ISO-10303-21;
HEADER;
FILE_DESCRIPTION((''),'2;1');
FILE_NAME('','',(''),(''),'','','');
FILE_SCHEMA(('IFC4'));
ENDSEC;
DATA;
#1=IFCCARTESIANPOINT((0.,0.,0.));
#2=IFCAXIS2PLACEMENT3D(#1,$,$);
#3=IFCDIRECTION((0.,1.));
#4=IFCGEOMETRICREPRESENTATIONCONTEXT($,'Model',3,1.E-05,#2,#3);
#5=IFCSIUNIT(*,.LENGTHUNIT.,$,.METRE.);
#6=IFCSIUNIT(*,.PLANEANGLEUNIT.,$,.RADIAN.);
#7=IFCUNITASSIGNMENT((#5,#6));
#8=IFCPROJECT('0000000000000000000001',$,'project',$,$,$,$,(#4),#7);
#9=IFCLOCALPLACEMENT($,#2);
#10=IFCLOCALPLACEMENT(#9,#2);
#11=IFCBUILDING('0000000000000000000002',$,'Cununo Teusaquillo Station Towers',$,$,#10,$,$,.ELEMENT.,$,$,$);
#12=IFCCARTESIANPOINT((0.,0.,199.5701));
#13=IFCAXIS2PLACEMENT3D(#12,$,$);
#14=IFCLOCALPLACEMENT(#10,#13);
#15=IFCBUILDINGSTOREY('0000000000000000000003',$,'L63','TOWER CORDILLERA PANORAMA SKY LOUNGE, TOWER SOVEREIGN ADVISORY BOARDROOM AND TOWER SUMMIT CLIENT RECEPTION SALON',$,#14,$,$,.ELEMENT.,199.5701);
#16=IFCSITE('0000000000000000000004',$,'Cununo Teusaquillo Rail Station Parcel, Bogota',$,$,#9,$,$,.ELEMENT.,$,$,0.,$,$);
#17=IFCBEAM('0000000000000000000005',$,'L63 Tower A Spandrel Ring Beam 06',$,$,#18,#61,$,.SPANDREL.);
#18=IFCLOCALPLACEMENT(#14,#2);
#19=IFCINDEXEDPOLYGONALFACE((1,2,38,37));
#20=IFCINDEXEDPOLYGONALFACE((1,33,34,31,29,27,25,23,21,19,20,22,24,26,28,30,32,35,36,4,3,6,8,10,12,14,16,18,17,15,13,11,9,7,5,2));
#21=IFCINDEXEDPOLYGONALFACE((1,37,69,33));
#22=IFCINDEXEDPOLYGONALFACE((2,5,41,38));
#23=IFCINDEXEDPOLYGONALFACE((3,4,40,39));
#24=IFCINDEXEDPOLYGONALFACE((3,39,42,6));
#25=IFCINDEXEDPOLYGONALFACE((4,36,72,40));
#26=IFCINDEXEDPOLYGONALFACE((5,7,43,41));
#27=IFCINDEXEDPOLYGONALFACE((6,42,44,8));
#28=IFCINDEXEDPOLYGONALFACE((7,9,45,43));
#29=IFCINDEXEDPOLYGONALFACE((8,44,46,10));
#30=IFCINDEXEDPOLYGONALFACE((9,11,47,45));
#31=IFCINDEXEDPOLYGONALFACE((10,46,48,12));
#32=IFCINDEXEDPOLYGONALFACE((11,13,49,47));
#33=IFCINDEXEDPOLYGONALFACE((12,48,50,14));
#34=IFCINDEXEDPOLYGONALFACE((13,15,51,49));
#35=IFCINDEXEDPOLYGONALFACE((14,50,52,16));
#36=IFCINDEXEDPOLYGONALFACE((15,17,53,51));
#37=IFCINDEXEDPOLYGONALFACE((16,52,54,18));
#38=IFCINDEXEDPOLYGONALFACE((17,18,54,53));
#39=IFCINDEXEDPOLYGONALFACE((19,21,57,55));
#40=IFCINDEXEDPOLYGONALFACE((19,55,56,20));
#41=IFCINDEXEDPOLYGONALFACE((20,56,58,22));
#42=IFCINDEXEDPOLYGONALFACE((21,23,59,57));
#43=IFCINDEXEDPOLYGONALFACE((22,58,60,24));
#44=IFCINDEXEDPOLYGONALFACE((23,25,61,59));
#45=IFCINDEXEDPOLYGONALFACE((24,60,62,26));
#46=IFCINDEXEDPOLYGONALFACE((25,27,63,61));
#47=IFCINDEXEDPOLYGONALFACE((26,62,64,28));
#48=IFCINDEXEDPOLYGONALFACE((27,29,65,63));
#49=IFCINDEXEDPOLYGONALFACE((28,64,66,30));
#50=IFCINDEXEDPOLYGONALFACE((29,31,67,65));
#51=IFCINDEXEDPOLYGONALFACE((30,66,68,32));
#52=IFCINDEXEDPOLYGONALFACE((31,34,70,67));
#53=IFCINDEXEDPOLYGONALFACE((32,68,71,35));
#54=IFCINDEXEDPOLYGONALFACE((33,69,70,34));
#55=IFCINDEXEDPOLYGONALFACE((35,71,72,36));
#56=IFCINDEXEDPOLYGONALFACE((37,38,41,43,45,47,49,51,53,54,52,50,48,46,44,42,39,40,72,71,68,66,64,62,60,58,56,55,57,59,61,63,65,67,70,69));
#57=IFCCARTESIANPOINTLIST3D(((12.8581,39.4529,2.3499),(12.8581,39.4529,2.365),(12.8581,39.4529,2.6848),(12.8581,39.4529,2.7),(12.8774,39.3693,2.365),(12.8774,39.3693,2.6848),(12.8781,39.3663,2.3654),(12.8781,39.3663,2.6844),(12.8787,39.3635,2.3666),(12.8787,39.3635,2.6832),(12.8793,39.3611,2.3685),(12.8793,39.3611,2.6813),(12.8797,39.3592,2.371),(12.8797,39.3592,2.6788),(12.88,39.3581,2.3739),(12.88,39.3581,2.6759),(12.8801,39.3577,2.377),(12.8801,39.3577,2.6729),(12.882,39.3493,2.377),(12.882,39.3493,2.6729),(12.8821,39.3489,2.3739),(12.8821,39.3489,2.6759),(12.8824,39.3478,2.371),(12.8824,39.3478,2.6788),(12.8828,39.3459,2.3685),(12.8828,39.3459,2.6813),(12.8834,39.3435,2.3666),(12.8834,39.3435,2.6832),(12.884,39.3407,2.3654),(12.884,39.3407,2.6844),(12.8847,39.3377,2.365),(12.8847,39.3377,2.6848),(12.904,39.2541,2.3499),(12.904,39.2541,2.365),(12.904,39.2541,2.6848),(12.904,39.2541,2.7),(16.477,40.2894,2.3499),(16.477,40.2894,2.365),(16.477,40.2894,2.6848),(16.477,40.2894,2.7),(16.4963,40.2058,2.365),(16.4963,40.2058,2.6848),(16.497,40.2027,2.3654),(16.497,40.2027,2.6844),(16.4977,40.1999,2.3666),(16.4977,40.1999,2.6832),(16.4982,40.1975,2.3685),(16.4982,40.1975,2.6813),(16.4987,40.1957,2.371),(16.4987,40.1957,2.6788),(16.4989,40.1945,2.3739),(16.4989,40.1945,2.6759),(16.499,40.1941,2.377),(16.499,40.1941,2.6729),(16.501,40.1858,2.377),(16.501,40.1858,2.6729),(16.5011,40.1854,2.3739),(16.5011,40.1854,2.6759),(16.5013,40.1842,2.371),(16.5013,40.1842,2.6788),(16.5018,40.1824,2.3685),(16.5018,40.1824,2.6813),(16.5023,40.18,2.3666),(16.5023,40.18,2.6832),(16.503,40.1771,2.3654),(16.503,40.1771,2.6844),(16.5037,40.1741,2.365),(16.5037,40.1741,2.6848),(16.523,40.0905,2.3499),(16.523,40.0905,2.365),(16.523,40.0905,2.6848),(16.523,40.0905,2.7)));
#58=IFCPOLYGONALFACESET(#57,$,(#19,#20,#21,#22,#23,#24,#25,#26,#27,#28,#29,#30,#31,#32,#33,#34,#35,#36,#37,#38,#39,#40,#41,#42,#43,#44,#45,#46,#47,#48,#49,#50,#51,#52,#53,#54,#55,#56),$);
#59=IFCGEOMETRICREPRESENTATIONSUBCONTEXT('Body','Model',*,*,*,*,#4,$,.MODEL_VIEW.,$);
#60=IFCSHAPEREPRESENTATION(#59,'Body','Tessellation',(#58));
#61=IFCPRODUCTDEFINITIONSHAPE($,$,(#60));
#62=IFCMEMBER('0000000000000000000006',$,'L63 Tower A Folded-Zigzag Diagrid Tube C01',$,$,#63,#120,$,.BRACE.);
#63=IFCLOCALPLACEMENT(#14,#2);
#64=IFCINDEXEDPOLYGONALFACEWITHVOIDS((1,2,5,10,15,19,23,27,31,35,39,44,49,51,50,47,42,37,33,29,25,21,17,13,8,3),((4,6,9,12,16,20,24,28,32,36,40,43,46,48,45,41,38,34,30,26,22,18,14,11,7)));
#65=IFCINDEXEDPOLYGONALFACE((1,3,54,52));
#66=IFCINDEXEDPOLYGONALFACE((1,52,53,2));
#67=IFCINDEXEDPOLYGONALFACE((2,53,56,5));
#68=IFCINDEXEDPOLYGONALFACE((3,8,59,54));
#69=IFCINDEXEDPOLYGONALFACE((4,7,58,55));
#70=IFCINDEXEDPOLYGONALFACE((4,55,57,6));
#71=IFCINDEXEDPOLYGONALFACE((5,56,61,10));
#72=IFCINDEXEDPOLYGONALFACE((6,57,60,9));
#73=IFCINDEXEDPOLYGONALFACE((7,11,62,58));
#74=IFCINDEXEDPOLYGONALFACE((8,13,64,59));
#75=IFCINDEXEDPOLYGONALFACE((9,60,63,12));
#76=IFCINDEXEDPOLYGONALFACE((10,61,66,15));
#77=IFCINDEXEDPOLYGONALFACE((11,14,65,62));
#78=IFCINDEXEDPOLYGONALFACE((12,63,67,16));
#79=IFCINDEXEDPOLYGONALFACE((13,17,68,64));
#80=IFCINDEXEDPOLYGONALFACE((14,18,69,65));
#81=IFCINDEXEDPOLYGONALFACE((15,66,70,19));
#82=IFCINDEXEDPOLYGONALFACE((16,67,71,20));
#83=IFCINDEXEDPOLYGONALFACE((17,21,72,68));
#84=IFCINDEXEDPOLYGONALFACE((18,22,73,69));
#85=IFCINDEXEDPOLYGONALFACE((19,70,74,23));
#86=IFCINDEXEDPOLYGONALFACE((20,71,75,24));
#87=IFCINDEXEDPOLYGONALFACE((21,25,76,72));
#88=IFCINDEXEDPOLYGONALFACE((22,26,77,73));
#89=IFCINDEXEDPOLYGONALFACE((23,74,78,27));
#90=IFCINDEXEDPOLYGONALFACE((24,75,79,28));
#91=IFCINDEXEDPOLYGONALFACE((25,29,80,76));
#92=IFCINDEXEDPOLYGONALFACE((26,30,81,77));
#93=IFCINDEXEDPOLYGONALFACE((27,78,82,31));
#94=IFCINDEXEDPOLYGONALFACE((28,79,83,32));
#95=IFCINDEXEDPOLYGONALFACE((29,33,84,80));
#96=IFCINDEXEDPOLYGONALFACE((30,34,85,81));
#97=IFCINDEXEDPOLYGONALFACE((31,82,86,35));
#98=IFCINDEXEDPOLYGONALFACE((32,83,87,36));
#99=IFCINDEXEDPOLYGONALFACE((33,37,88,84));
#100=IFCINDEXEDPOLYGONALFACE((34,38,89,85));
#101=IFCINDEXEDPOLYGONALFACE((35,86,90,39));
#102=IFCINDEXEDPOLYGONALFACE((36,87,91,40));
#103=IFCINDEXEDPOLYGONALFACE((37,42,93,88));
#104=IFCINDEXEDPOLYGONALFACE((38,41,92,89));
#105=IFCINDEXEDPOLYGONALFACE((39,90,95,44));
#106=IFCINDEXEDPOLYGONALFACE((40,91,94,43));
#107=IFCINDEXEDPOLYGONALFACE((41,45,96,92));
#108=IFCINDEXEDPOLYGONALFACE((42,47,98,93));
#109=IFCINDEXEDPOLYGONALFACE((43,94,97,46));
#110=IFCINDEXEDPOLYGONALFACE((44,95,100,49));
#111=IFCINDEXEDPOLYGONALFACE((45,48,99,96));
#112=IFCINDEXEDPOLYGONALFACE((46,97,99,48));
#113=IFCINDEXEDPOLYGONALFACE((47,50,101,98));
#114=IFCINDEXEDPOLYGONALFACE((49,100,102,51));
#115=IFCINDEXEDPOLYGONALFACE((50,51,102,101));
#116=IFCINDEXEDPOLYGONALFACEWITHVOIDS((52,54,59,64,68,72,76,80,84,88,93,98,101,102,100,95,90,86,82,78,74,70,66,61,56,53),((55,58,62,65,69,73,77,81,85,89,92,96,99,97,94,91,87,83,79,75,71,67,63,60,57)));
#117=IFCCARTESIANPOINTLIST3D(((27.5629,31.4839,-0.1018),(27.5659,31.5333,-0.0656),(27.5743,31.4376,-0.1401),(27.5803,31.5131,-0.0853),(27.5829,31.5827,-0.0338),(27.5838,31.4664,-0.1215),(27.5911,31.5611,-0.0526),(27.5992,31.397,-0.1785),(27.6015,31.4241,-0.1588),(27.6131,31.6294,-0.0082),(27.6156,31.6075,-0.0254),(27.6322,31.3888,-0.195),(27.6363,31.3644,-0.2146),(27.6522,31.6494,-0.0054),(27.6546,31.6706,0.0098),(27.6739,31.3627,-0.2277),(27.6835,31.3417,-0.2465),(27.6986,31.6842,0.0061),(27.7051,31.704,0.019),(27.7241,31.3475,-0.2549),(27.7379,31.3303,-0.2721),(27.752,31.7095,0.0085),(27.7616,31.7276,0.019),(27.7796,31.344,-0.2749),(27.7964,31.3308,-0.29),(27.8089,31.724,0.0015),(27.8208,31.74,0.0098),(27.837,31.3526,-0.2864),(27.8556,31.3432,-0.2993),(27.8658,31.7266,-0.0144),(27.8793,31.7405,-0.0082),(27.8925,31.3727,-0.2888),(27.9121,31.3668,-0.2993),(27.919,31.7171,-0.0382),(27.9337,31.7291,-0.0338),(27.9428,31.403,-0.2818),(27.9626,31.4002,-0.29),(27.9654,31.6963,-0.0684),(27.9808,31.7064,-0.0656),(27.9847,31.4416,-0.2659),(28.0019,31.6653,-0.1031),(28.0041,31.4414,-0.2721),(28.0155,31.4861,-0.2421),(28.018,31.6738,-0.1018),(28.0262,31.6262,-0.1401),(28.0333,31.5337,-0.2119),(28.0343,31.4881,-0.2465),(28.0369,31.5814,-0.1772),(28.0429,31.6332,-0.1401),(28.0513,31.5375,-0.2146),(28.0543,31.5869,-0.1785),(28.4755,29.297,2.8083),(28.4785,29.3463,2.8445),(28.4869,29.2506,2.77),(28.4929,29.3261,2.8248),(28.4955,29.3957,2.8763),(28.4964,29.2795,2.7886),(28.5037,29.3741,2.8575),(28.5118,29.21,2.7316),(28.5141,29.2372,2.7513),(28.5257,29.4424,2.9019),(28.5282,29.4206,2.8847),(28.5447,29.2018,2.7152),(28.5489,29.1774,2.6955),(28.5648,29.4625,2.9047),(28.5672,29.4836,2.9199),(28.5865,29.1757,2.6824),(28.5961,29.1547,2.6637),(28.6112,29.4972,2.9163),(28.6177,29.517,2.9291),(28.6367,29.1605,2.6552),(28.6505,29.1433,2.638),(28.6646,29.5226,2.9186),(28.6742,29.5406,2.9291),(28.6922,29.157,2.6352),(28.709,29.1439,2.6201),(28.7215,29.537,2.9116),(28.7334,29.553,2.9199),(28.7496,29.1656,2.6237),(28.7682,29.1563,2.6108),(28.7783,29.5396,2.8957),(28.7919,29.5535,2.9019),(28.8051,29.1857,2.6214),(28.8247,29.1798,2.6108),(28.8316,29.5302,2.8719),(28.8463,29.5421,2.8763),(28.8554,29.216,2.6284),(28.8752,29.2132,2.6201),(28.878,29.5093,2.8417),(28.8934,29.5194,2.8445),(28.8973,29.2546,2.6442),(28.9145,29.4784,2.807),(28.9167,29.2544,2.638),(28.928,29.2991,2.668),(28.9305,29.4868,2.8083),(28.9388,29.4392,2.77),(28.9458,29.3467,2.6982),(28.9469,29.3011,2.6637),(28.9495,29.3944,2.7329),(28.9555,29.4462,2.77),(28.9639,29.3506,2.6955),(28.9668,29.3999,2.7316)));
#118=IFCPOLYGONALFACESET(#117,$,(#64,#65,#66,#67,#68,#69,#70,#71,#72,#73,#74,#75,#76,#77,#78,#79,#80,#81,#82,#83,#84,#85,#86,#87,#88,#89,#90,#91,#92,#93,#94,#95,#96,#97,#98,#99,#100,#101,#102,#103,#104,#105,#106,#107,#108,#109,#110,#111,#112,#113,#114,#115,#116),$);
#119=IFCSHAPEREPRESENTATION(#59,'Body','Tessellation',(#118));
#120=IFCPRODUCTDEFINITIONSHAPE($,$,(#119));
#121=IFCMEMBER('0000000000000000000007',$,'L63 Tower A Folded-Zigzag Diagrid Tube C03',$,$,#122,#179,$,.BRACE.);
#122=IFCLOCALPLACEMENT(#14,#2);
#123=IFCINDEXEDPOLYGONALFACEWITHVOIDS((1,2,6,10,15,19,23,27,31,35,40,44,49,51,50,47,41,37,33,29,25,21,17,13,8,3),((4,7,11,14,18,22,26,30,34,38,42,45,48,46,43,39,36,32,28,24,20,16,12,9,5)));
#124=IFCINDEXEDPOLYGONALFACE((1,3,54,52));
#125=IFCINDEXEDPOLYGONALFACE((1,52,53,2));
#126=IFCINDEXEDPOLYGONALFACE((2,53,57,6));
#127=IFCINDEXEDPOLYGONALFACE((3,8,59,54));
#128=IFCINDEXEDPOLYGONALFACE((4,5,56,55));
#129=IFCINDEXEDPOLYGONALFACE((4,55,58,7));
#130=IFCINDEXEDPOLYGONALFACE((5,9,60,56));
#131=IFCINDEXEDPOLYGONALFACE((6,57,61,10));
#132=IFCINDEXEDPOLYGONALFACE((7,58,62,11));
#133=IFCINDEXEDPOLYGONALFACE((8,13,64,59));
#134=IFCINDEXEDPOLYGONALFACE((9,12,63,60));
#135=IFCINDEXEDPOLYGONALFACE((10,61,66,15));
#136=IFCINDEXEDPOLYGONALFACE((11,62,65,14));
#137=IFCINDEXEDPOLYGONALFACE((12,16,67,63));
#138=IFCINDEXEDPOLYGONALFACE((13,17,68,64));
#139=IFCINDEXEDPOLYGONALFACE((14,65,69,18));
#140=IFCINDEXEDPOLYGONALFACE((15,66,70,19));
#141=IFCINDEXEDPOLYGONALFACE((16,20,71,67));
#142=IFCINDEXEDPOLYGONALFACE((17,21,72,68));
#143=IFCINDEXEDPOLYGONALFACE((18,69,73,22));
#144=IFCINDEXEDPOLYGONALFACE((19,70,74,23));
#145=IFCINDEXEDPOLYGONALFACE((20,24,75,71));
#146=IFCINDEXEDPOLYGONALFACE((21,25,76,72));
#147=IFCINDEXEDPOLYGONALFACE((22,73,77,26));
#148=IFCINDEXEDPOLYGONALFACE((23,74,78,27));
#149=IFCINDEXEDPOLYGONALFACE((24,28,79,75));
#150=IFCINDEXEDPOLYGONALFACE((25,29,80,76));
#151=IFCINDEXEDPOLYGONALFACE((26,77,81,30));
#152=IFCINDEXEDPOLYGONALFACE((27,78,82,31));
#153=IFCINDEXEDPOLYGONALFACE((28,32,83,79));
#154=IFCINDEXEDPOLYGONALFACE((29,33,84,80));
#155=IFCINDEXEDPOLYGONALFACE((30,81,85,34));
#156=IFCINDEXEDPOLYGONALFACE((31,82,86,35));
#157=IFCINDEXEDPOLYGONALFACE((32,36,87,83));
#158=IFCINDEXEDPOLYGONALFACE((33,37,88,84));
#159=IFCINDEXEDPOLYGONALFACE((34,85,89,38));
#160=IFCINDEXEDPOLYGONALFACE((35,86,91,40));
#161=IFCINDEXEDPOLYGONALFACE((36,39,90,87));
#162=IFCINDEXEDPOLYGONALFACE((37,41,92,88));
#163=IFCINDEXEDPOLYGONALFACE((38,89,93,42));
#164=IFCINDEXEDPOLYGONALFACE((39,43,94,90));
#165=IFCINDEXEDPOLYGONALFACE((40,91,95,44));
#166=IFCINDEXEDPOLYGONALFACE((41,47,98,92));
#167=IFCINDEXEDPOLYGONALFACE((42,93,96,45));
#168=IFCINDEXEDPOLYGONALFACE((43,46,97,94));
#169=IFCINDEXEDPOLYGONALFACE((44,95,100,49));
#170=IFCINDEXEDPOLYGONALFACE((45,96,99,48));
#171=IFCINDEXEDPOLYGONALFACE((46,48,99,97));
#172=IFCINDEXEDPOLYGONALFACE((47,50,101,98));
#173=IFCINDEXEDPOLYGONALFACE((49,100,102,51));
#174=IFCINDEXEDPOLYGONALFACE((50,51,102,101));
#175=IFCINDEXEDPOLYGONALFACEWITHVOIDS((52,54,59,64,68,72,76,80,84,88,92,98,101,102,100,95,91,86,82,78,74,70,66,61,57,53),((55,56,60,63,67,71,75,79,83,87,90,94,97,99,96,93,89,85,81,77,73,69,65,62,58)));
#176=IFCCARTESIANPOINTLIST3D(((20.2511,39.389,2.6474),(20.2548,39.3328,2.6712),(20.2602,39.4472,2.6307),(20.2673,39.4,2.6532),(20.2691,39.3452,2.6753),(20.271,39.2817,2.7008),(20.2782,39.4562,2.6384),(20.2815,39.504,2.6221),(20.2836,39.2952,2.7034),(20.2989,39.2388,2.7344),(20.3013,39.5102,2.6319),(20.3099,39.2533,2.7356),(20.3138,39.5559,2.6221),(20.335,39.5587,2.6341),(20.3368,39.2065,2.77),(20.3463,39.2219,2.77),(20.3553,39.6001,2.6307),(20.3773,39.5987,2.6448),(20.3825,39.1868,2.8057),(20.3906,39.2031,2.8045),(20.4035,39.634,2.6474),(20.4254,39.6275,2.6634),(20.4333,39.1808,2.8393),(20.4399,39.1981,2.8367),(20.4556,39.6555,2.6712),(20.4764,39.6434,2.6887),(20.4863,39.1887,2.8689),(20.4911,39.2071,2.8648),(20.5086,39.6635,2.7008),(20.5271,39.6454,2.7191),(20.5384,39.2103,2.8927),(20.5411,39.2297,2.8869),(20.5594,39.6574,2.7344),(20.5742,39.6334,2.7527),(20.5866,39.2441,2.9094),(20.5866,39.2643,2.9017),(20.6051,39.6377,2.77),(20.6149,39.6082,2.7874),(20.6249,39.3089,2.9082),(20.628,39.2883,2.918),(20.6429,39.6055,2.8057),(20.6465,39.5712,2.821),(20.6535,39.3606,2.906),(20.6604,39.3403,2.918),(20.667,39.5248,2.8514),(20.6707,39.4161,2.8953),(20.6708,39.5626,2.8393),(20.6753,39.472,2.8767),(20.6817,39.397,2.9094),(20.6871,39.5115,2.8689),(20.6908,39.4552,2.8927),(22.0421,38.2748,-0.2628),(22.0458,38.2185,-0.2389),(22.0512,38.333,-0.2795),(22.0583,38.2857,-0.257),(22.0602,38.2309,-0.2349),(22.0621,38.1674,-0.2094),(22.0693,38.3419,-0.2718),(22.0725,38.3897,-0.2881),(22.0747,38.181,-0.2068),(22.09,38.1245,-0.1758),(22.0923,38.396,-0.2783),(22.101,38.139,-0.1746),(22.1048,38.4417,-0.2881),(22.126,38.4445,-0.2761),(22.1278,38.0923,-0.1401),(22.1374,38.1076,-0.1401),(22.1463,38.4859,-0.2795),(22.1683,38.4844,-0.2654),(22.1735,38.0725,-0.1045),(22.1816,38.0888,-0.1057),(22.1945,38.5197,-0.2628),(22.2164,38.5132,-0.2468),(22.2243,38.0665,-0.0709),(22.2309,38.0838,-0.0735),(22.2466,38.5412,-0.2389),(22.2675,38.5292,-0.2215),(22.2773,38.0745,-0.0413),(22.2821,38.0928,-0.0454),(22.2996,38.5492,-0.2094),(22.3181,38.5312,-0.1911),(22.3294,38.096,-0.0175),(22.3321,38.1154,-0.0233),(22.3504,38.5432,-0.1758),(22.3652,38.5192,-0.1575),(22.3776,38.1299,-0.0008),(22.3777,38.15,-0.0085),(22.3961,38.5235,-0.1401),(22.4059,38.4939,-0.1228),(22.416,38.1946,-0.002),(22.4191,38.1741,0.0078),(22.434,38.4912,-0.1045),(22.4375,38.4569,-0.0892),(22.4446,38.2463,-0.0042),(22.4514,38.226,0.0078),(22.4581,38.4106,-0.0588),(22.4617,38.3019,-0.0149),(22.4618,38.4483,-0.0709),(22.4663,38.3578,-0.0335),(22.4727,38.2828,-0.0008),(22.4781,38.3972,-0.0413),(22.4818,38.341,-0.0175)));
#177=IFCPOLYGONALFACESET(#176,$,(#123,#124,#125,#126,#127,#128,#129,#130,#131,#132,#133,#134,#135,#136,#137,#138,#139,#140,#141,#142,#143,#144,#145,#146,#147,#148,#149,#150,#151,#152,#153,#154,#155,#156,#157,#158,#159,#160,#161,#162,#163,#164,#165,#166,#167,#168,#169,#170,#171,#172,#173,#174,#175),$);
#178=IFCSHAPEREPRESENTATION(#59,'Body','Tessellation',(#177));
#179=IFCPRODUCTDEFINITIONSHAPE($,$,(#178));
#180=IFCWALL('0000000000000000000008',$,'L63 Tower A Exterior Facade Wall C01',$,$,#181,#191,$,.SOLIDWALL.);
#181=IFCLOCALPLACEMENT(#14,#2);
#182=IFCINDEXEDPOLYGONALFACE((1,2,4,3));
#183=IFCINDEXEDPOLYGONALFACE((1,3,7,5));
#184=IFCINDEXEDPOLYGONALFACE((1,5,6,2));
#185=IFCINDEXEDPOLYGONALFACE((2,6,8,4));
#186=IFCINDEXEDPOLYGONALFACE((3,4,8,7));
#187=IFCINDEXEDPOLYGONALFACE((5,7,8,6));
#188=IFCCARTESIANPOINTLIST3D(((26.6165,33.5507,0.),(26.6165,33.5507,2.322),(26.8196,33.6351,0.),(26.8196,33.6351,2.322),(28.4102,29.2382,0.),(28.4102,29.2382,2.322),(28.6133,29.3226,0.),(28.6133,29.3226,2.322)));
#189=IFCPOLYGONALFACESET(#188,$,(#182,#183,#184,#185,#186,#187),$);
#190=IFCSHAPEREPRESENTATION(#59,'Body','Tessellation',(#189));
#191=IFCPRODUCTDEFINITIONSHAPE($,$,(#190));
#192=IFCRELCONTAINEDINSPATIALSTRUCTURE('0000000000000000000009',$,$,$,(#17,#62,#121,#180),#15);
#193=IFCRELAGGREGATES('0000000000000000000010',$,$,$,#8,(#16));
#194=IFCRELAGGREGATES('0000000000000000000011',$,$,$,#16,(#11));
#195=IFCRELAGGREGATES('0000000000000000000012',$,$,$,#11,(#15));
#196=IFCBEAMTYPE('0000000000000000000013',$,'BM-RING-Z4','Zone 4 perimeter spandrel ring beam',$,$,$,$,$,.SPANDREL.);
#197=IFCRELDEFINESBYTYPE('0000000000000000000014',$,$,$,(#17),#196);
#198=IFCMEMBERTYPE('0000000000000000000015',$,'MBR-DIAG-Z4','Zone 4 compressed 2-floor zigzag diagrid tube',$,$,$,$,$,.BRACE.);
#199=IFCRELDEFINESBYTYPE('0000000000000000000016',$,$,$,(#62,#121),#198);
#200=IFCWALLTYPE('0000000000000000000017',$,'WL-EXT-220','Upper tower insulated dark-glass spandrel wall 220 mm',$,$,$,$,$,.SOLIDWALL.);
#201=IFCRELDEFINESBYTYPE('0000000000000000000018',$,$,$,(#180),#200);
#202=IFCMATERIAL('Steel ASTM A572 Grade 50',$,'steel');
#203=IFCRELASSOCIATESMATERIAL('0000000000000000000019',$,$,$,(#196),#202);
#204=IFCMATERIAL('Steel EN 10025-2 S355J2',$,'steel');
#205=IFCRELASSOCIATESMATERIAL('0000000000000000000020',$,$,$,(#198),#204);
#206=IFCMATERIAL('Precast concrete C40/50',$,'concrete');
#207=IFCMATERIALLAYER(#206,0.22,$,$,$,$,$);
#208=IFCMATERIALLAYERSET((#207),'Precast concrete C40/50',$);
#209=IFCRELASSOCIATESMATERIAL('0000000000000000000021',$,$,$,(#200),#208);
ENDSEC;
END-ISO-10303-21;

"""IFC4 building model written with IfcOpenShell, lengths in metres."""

from ifc_helpers import new_model, si_unit, direction, frame, frame_2d, origin, origin_2d, place, context, subcontext, project, spatial, rectangle, hollow_circle, i_section, extrude, material, layer, layer_set, material_profile, profile_set, type_object, element, save


model = new_model("IFC4")

# Units and contexts
model_context = context("Model", 3, precision=1e-05, world=origin(), true_north=direction((0.0, 1.0)))
body_context = subcontext(model_context, "Body", "Model", "MODEL_VIEW")
ifc_project = project(units=[si_unit("LENGTHUNIT", "METRE"), si_unit("PLANEANGLEUNIT", "RADIAN")], contexts=[model_context])

# Site, building, storey
site_placement = place(None, origin())
site = spatial("IfcSite", under=ifc_project, at=site_placement, Name="Cununo Teusaquillo Rail Station Parcel, Bogota", CompositionType="ELEMENT", RefElevation=0.0)
building_placement = place(site_placement, origin())
building = spatial("IfcBuilding", under=site, at=building_placement, Name="Cununo Teusaquillo Station Towers", CompositionType="ELEMENT")
storey_placement = place(building_placement, frame((0.0, 0.0, 199.5701)))
storey = spatial("IfcBuildingStorey", under=building, at=storey_placement, Name="L63", Description="TOWER CORDILLERA PANORAMA SKY LOUNGE, TOWER SOVEREIGN ADVISORY BOARDROOM AND TOWER SUMMIT CLIENT RECEPTION SALON", CompositionType="ELEMENT", Elevation=199.5701)

# Beam
ifc_material_1 = material(Name="Steel ASTM A572 Grade 50", Category="steel")
ifc_material_profile_1 = material_profile(ifc_material_1, i_section(OverallWidth=0.2041, OverallDepth=0.3501, WebThickness=0.0085, FlangeThickness=0.0151, FilletRadius=0.012, at=origin_2d()), Name="W14X48")
ifc_profile_set_1 = profile_set([ifc_material_profile_1], Name="Steel ASTM A572 Grade 50")
beam_type_1 = type_object("IfcBeamType", Name="BM-RING-Z4", Description="Zone 4 perimeter spandrel ring beam", PredefinedType="SPANDREL", material=ifc_profile_set_1)
for number, where, z_axis, x_axis, name in (
    (1, (16.5, 40.1899, 2.5249), (-0.974315, -0.225191, 0.0), (0.225191, -0.974315, 0.0), "L63 Tower A Spandrel Ring Beam 06"),
):
    element("IfcBeam", number, at=place(storey_placement, frame(where, z_axis=z_axis, x_axis=x_axis)), inside=storey, type_object=beam_type_1, Name=name, PredefinedType="SPANDREL", context=body_context, shape_type="SweptSolid", body=[
        extrude(i_section(OverallWidth=0.2041, OverallDepth=0.3501, WebThickness=0.0085, FlangeThickness=0.0151, FilletRadius=0.012, at=origin_2d()), origin(), (0.0, 0.0, 1.0), 3.7144),
    ])

# Members
ifc_material_2 = material(Name="Steel EN 10025-2 S355J2", Category="steel")
ifc_material_profile_2 = material_profile(ifc_material_2, hollow_circle(Radius=0.2539, WallThickness=0.0181, at=origin_2d()), Name="CHS 508x18")
ifc_profile_set_2 = profile_set([ifc_material_profile_2], Name="Steel EN 10025-2 S355J2")
member_type = type_object("IfcMemberType", Name="MBR-DIAG-Z4", Description="Zone 4 compressed 2-floor zigzag diagrid tube", PredefinedType="BRACE", material=ifc_profile_set_2)
member_1_placement = place(storey_placement, frame((27.8086, 31.5354, -0.1401), z_axis=(0.243166, -0.58274, 0.775425), x_axis=(0.922876, 0.385098, 0.0)))
element("IfcMember", 2, at=member_1_placement, inside=storey, type_object=member_type, Name="L63 Tower A Folded-Zigzag Diagrid Tube C01", PredefinedType="BRACE", context=body_context, shape_type="SweptSolid", body=[
    extrude(hollow_circle(Radius=0.2539, WallThickness=0.0181, at=origin_2d()), origin(), (0.0, 0.0, 1.0), 3.7529),
])
member_2_placement = place(storey_placement, frame((22.262, 38.3079, -0.1401), z_axis=(-0.498306, 0.310015, 0.80968), x_axis=(-0.52825, -0.849089, 0.0)))
element("IfcMember", 3, at=member_2_placement, inside=storey, type_object=member_type, Name="L63 Tower A Folded-Zigzag Diagrid Tube C03", PredefinedType="BRACE", context=body_context, shape_type="SweptSolid", body=[
    extrude(hollow_circle(Radius=0.2539, WallThickness=0.0181, at=origin_2d()), origin(), (0.0, 0.0, 1.0), 3.5942),
])

# Wall
ifc_material_3 = material(Name="Precast concrete C40/50", Category="concrete")
ifc_layer_1 = layer(ifc_material_3, 0.22)
ifc_layer_set_1 = layer_set([ifc_layer_1], Name="Precast concrete C40/50")
wall_type_1 = type_object("IfcWallType", Name="WL-EXT-220", Description="Upper tower insulated dark-glass spandrel wall 220 mm", PredefinedType="SOLIDWALL", material=ifc_layer_set_1)
wall_1_placement = place(storey_placement, frame((26.718, 33.593, 0.0), z_axis=(0.0, 0.0, 1.0), x_axis=(0.384036, -0.923318, 0.0)))
element("IfcWall", 4, at=wall_1_placement, inside=storey, type_object=wall_type_1, Name="L63 Tower A Exterior Facade Wall C01", PredefinedType="SOLIDWALL", context=body_context, shape_type="SweptSolid", body=[
    extrude(rectangle(XDim=4.6707, YDim=0.22, at=frame_2d((2.3354, 0.0))), origin(), (0.0, 0.0, 1.0), 2.322),
])

save(model, "model.ifc")
